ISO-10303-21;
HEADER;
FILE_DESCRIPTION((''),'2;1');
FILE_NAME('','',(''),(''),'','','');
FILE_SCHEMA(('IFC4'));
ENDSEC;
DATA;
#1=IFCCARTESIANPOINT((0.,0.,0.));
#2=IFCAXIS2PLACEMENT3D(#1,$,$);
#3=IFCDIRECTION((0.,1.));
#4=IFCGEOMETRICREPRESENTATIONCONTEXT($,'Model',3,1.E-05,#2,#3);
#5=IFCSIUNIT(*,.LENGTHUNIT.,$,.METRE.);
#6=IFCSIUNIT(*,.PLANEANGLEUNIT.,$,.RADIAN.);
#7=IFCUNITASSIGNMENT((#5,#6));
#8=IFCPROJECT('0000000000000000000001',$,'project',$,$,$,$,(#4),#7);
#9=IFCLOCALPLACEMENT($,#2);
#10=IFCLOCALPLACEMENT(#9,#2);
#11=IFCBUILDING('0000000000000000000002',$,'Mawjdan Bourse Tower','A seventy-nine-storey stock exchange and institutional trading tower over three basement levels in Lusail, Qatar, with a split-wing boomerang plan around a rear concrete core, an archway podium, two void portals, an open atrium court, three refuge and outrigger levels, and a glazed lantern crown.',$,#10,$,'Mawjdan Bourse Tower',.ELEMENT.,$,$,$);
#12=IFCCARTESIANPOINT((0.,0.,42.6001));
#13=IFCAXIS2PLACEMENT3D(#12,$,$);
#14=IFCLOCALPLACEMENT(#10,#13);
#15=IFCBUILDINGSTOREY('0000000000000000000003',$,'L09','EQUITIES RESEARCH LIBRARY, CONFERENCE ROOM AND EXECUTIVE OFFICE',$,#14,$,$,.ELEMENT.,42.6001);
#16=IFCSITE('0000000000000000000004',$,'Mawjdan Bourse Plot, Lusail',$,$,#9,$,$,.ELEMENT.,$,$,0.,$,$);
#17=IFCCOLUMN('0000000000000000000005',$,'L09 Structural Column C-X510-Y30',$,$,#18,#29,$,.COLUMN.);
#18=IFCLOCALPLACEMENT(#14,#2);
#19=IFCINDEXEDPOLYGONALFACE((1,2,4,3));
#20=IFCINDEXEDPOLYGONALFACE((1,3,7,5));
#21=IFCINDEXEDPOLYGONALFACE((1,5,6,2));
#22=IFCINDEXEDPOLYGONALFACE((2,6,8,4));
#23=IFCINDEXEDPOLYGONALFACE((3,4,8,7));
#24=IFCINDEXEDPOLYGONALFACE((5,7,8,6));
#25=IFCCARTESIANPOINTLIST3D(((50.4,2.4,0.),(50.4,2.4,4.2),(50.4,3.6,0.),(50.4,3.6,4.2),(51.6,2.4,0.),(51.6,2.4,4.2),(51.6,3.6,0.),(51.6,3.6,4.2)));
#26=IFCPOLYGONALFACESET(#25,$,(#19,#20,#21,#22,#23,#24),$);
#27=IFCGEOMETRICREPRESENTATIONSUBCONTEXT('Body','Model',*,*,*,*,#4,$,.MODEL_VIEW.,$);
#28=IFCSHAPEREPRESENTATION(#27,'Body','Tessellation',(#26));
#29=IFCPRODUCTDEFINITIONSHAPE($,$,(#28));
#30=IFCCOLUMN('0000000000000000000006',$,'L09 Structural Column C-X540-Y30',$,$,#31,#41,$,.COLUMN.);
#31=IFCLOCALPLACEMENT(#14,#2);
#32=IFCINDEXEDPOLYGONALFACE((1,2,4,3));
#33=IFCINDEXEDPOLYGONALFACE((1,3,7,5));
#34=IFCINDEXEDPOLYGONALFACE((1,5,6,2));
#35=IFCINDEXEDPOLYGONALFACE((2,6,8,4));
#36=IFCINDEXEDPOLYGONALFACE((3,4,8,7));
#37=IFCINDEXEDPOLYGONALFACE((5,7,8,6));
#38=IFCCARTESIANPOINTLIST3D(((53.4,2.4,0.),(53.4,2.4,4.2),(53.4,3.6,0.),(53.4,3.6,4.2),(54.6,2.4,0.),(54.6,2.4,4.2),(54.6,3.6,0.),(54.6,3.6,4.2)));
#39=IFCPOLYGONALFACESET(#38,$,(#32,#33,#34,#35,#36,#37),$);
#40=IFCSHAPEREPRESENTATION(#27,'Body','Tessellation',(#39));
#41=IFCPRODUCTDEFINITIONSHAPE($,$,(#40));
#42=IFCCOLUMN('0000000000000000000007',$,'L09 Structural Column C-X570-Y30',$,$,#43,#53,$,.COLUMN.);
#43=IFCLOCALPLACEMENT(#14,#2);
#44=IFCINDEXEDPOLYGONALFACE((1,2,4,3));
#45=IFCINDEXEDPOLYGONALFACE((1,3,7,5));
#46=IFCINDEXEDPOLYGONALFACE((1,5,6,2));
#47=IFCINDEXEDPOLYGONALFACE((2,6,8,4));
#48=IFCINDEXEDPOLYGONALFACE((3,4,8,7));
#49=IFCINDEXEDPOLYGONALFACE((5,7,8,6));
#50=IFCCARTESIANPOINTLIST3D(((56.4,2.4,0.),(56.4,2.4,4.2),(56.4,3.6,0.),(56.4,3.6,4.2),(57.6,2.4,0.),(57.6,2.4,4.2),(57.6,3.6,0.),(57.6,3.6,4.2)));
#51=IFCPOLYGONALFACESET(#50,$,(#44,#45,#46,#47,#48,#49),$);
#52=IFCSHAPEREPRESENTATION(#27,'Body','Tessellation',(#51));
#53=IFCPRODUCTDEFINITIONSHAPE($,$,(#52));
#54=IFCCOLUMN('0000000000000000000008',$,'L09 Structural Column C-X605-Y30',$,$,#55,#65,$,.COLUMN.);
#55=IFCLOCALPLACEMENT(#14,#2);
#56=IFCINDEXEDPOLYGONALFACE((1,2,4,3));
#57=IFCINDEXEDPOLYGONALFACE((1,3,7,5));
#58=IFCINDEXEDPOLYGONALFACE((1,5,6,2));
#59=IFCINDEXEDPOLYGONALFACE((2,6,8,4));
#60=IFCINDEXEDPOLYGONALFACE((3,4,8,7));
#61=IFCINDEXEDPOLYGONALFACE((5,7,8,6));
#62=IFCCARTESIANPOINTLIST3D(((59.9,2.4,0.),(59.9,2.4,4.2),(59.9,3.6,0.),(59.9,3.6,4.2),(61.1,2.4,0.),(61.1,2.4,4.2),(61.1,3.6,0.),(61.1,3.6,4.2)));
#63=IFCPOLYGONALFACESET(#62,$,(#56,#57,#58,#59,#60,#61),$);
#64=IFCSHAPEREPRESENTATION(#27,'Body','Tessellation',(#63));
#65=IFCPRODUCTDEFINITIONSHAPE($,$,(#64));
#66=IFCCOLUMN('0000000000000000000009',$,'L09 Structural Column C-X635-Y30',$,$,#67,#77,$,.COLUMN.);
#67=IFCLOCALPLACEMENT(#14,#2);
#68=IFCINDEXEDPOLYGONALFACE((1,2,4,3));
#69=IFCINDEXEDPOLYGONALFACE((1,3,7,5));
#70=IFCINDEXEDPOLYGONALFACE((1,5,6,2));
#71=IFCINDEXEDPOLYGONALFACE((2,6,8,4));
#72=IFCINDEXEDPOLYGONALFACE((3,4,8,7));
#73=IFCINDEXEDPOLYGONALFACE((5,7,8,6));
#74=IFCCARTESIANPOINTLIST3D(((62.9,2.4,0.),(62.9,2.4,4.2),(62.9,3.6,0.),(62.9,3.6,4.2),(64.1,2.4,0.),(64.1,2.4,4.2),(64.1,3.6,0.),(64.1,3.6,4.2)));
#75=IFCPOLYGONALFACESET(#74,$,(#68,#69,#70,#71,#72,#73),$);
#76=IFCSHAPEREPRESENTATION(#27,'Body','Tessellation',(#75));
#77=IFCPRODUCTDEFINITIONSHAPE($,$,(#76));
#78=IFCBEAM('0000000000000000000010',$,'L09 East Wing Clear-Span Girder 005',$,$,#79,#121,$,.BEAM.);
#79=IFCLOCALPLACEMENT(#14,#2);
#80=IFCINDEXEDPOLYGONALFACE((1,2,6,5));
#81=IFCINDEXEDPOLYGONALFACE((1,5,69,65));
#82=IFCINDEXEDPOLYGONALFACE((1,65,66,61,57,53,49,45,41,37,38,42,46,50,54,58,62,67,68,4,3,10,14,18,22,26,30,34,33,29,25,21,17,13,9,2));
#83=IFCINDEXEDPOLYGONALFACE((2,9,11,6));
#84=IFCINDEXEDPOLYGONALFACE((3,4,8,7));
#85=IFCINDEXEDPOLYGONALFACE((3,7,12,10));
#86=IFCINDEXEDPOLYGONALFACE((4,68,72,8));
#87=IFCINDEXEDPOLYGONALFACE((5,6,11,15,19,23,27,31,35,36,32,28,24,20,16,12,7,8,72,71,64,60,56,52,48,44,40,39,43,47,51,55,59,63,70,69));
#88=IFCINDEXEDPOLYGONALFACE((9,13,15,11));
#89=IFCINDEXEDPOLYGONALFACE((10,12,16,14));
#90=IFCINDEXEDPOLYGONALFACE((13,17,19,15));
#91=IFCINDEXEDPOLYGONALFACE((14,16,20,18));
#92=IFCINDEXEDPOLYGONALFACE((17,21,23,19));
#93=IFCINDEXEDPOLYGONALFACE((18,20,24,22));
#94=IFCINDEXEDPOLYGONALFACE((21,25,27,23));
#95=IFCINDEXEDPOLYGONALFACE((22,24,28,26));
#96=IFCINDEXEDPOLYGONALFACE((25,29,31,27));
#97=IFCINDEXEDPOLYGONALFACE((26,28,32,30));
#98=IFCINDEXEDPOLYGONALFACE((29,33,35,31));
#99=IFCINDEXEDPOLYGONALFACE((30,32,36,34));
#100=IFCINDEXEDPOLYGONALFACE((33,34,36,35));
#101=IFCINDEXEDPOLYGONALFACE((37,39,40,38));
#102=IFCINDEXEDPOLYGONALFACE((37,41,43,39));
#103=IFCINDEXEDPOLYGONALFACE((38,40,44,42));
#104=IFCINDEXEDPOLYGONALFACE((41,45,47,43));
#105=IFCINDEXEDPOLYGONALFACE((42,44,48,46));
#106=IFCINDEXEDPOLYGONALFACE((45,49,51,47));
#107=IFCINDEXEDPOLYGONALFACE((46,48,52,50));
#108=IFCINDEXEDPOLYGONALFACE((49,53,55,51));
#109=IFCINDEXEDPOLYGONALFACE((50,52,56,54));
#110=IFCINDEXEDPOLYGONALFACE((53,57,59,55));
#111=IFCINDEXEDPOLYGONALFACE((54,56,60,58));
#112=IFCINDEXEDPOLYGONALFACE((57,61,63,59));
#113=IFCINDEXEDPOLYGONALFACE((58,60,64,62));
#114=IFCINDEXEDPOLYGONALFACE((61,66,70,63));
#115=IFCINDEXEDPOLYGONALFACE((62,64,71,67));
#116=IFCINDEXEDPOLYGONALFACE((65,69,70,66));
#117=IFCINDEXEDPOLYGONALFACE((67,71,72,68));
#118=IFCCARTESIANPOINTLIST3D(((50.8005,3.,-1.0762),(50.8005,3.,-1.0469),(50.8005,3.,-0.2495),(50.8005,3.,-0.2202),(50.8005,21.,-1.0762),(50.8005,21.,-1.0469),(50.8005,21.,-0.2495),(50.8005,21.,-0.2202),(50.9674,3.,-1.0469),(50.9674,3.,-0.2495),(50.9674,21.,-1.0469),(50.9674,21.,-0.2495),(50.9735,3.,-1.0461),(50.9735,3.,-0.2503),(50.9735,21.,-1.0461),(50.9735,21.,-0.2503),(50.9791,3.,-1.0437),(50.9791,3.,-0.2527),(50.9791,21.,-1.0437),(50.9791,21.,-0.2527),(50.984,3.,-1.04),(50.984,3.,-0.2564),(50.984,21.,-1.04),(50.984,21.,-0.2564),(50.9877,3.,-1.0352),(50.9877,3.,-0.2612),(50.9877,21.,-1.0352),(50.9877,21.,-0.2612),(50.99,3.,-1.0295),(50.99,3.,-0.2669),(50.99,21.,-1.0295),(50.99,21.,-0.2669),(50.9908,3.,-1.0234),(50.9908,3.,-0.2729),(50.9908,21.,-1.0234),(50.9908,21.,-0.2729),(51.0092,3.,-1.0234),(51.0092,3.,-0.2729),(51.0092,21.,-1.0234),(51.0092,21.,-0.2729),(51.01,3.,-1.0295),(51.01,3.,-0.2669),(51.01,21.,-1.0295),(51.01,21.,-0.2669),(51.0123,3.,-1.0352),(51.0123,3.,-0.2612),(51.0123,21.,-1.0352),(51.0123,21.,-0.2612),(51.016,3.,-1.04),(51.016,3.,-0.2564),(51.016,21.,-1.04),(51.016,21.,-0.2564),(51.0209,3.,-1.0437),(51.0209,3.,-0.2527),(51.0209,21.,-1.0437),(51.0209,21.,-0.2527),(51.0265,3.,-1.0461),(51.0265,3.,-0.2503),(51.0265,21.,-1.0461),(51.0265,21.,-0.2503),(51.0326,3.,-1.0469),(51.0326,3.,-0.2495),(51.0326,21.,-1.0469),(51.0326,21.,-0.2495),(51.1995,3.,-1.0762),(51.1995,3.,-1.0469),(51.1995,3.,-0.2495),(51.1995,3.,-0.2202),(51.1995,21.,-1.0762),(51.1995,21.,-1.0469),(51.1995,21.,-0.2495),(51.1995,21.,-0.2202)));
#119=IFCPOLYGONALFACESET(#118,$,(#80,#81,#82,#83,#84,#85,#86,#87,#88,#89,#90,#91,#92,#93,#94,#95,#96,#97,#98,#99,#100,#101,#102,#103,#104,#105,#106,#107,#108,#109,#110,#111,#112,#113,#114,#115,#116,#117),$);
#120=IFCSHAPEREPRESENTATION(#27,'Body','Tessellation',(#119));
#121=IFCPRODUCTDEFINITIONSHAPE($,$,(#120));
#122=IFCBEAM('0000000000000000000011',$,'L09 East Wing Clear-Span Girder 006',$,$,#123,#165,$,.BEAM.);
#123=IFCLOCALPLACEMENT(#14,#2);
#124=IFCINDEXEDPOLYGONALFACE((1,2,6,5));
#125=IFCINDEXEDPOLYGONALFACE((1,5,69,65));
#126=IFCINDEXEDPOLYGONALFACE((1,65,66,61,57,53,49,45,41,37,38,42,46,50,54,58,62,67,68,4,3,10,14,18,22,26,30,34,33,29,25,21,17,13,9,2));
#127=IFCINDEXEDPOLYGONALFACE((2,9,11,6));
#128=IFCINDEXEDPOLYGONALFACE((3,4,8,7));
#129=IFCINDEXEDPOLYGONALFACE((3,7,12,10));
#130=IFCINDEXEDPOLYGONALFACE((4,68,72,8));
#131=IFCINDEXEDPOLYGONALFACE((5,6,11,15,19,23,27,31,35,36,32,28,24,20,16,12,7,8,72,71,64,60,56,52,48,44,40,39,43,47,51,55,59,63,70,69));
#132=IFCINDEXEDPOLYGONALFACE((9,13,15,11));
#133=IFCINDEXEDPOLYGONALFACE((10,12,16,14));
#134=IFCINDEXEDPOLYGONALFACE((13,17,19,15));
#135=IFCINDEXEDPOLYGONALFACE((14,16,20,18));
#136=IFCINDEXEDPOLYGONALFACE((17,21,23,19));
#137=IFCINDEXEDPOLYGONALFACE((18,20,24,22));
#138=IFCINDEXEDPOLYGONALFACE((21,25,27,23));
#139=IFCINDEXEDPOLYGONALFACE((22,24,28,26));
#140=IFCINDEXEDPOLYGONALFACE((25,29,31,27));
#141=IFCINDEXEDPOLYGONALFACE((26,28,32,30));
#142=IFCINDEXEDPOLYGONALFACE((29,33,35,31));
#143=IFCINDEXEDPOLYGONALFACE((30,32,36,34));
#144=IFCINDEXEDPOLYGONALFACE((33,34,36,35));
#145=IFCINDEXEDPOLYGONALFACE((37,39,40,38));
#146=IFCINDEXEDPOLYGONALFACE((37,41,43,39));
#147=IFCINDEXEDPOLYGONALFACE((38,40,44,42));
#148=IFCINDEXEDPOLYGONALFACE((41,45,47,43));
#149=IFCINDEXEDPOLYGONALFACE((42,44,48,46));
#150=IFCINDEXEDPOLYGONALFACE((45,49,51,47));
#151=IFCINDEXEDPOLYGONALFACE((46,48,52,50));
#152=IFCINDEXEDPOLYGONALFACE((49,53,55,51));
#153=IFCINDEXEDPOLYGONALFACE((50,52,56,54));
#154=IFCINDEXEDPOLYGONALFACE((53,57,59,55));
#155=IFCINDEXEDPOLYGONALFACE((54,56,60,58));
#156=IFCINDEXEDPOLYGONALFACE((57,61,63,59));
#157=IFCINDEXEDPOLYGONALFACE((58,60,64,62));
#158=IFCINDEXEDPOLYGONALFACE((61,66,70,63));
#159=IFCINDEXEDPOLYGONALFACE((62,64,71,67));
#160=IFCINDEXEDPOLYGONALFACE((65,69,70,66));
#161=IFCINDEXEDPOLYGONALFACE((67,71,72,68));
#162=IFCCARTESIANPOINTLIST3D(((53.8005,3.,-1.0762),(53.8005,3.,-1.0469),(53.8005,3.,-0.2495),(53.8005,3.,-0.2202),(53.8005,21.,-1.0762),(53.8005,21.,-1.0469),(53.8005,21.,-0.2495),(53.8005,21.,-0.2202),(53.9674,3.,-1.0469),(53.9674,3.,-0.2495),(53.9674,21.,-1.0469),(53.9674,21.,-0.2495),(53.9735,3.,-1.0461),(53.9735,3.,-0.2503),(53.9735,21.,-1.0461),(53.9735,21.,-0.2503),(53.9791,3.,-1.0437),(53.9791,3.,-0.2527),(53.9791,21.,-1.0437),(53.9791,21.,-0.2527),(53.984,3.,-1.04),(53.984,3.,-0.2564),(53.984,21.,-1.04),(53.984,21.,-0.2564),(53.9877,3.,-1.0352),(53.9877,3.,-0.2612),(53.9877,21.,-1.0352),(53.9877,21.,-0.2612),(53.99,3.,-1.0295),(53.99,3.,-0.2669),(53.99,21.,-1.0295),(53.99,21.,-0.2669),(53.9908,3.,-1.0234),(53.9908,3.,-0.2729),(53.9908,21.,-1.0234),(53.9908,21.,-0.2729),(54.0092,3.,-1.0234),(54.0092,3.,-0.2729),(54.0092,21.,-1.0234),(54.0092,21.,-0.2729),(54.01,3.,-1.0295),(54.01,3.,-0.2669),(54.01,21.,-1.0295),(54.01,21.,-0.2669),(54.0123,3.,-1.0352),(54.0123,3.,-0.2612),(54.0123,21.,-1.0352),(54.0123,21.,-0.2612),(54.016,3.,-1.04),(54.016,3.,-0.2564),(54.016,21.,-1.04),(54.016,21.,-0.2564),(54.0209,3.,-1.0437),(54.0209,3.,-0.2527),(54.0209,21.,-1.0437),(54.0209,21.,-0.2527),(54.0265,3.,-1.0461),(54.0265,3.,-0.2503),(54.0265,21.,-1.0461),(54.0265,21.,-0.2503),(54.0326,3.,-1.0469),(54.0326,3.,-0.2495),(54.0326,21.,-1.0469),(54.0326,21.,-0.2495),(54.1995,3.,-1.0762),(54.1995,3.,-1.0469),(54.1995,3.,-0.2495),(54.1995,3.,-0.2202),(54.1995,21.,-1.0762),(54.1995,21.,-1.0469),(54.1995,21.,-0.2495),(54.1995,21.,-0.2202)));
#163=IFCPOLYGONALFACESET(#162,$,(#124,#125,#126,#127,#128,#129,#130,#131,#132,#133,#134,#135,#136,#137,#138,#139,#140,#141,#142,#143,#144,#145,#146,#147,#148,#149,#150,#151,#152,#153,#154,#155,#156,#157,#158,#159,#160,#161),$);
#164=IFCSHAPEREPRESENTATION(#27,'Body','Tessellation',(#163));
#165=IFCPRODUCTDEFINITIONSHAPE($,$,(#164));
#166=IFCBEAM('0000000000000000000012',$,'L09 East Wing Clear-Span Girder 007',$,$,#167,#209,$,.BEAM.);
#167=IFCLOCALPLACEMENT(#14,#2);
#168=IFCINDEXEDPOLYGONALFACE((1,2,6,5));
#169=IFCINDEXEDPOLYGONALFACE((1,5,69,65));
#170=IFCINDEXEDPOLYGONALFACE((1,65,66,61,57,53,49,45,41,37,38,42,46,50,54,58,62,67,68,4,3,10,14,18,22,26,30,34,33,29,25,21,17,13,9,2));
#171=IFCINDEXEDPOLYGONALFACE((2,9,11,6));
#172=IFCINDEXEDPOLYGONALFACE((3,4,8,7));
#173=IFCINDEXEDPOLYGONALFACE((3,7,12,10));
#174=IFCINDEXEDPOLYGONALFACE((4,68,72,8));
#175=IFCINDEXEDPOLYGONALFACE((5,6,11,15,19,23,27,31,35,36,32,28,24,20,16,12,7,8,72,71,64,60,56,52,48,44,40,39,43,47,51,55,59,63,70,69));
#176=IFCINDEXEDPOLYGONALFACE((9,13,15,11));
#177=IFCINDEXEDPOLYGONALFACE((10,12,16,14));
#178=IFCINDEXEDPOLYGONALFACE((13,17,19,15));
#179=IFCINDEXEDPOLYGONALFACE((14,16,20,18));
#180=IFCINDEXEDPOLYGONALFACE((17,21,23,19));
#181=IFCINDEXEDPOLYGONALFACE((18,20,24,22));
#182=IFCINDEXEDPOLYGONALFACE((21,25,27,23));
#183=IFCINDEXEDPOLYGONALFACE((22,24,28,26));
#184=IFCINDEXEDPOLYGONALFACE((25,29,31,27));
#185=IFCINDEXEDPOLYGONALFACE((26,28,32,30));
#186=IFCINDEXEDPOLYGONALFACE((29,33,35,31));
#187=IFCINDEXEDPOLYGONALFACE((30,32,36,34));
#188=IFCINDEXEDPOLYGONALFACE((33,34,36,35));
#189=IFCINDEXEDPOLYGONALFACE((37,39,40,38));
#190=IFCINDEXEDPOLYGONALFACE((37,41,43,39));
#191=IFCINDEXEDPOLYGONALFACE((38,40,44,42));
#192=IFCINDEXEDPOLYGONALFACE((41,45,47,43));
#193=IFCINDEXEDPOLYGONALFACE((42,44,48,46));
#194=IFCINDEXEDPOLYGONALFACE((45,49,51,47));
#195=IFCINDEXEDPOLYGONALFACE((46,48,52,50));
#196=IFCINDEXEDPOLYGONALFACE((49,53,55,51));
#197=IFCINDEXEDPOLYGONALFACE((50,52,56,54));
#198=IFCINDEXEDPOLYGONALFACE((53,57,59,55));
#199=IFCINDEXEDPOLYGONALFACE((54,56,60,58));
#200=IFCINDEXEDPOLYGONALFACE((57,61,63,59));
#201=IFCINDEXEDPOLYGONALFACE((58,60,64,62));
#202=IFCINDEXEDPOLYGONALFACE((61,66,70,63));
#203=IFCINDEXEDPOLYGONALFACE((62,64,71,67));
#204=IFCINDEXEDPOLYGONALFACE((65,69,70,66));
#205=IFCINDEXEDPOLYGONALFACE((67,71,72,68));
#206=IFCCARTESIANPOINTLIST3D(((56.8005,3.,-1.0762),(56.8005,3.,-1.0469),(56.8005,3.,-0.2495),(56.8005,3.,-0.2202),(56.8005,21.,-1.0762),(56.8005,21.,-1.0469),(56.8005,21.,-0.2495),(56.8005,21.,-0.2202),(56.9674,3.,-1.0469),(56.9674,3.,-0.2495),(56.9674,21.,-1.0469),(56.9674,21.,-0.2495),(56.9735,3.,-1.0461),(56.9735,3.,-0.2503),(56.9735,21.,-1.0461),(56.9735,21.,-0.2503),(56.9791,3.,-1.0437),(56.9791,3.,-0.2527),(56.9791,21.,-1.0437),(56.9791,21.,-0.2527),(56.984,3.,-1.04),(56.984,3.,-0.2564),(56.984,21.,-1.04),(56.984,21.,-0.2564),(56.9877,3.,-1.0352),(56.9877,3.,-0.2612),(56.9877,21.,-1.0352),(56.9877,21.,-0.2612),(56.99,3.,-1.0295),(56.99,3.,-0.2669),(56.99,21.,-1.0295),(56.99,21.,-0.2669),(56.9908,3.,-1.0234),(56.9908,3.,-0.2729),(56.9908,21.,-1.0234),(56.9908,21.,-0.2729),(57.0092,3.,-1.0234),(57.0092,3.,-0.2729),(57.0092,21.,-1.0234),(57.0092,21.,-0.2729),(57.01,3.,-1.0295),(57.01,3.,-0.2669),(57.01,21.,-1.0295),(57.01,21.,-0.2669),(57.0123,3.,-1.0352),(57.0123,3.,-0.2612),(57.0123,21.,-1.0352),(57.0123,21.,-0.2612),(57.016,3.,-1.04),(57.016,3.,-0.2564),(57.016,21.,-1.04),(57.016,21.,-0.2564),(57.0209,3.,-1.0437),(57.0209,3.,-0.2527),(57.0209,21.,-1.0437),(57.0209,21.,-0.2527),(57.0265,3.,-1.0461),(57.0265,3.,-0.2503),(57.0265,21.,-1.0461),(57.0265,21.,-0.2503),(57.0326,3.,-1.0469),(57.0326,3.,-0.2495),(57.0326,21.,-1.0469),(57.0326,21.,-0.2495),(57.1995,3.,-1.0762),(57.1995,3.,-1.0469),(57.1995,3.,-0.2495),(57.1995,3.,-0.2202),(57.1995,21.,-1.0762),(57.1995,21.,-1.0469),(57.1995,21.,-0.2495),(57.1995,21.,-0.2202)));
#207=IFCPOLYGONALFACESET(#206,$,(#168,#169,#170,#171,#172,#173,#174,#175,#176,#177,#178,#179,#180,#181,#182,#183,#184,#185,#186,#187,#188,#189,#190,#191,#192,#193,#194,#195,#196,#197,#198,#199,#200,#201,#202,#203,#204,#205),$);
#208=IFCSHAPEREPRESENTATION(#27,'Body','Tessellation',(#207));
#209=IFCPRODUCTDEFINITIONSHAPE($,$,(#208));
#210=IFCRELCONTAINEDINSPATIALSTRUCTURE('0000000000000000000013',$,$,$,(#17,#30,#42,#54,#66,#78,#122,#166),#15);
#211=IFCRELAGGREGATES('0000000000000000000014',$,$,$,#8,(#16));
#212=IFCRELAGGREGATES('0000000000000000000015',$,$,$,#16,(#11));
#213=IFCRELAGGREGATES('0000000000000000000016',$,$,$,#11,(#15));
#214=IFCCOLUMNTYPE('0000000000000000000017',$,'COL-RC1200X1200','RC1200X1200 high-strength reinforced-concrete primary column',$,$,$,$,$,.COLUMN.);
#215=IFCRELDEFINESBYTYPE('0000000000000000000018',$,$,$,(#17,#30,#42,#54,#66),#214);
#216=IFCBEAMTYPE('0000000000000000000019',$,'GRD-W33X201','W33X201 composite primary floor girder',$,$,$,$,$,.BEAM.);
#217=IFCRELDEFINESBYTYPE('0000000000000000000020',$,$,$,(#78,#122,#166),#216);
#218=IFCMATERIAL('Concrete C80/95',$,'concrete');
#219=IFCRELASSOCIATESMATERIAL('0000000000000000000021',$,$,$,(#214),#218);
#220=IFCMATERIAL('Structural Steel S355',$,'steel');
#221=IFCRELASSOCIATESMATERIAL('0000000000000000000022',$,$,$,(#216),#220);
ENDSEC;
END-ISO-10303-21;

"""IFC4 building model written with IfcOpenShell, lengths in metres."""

from ifc_helpers import new_model, si_unit, direction, frame, origin, origin_2d, place, context, subcontext, project, spatial, rectangle, i_section, extrude, material, material_profile, profile_set, type_object, element, save


model = new_model("IFC4")

# Units and contexts
model_context = context("Model", 3, precision=1e-05, world=origin(), true_north=direction((0.0, 1.0)))
body_context = subcontext(model_context, "Body", "Model", "MODEL_VIEW")
ifc_project = project(units=[si_unit("LENGTHUNIT", "METRE"), si_unit("PLANEANGLEUNIT", "RADIAN")], contexts=[model_context])

# Site, building, storey
site_placement = place(None, origin())
site = spatial("IfcSite", under=ifc_project, at=site_placement, Name="Mawjdan Bourse Plot, Lusail", CompositionType="ELEMENT", RefElevation=0.0)
building_placement = place(site_placement, origin())
building = spatial("IfcBuilding", under=site, at=building_placement, Name="Mawjdan Bourse Tower", Description="A seventy-nine-storey stock exchange and institutional trading tower over three basement levels in Lusail, Qatar, with a split-wing boomerang plan around a rear concrete core, an archway podium, two void portals, an open atrium court, three refuge and outrigger levels, and a glazed lantern crown.", LongName="Mawjdan Bourse Tower", CompositionType="ELEMENT")
storey_placement = place(building_placement, frame((0.0, 0.0, 42.6001)))
storey = spatial("IfcBuildingStorey", under=building, at=storey_placement, Name="L09", Description="EQUITIES RESEARCH LIBRARY, CONFERENCE ROOM AND EXECUTIVE OFFICE", CompositionType="ELEMENT", Elevation=42.6001)

# Columns
ifc_material_1 = material(Name="Concrete C80/95", Category="concrete")
ifc_material_profile_1 = material_profile(ifc_material_1, rectangle(XDim=1.2, YDim=1.2, at=origin_2d()), Name="RC1200X1200")
ifc_profile_set_1 = profile_set([ifc_material_profile_1], Name="Concrete C80/95")
column_type = type_object("IfcColumnType", Name="COL-RC1200X1200", Description="RC1200X1200 high-strength reinforced-concrete primary column", PredefinedType="COLUMN", material=ifc_profile_set_1)
for number, where, z_axis, x_axis, name in (
    (1, (51.0, 3.0, 0.0), (0.0, 0.0, 1.0), (1.0, 0.0, 0.0), "L09 Structural Column C-X510-Y30"),
    (2, (54.0, 3.0, 0.0), (0.0, 0.0, 1.0), (1.0, 0.0, 0.0), "L09 Structural Column C-X540-Y30"),
    (3, (57.0, 3.0, 0.0), (0.0, 0.0, 1.0), (1.0, 0.0, 0.0), "L09 Structural Column C-X570-Y30"),
    (4, (60.5, 3.0, 0.0), (0.0, 0.0, 1.0), (1.0, 0.0, 0.0), "L09 Structural Column C-X605-Y30"),
    (5, (63.5, 3.0, 0.0), (0.0, 0.0, 1.0), (1.0, 0.0, 0.0), "L09 Structural Column C-X635-Y30"),
):
    element("IfcColumn", number, at=place(storey_placement, frame(where, z_axis=z_axis, x_axis=x_axis)), inside=storey, type_object=column_type, Name=name, PredefinedType="COLUMN", context=body_context, shape_type="SweptSolid", body=[
        extrude(rectangle(XDim=1.2, YDim=1.2, at=origin_2d()), origin(), (0.0, 0.0, 1.0), 4.2),
    ])

# Beams
ifc_material_2 = material(Name="Structural Steel S355", Category="steel")
ifc_material_profile_2 = material_profile(ifc_material_2, i_section(OverallWidth=0.3989, OverallDepth=0.856, WebThickness=0.0183, FlangeThickness=0.0293, FilletRadius=0.0234, at=origin_2d()), Name="W33X201")
ifc_profile_set_2 = profile_set([ifc_material_profile_2], Name="Structural Steel S355")
beam_type_1 = type_object("IfcBeamType", Name="GRD-W33X201", Description="W33X201 composite primary floor girder", PredefinedType="BEAM", material=ifc_profile_set_2)
for number, where, z_axis, x_axis, name in (
    (6, (51.0, 3.0, -0.6482), (0.0, 1.0, 0.0), (-1.0, 0.0, 0.0), "L09 East Wing Clear-Span Girder 005"),
    (7, (54.0, 3.0, -0.6482), (0.0, 1.0, 0.0), (-1.0, 0.0, 0.0), "L09 East Wing Clear-Span Girder 006"),
    (8, (57.0, 3.0, -0.6482), (0.0, 1.0, 0.0), (-1.0, 0.0, 0.0), "L09 East Wing Clear-Span Girder 007"),
):
    element("IfcBeam", number, at=place(storey_placement, frame(where, z_axis=z_axis, x_axis=x_axis)), inside=storey, type_object=beam_type_1, Name=name, PredefinedType="BEAM", context=body_context, shape_type="SweptSolid", body=[
        extrude(i_section(OverallWidth=0.3989, OverallDepth=0.856, WebThickness=0.0183, FlangeThickness=0.0293, FilletRadius=0.0234, at=origin_2d()), origin(), (0.0, 0.0, 1.0), 18.0),
    ])

save(model, "model.ifc")
